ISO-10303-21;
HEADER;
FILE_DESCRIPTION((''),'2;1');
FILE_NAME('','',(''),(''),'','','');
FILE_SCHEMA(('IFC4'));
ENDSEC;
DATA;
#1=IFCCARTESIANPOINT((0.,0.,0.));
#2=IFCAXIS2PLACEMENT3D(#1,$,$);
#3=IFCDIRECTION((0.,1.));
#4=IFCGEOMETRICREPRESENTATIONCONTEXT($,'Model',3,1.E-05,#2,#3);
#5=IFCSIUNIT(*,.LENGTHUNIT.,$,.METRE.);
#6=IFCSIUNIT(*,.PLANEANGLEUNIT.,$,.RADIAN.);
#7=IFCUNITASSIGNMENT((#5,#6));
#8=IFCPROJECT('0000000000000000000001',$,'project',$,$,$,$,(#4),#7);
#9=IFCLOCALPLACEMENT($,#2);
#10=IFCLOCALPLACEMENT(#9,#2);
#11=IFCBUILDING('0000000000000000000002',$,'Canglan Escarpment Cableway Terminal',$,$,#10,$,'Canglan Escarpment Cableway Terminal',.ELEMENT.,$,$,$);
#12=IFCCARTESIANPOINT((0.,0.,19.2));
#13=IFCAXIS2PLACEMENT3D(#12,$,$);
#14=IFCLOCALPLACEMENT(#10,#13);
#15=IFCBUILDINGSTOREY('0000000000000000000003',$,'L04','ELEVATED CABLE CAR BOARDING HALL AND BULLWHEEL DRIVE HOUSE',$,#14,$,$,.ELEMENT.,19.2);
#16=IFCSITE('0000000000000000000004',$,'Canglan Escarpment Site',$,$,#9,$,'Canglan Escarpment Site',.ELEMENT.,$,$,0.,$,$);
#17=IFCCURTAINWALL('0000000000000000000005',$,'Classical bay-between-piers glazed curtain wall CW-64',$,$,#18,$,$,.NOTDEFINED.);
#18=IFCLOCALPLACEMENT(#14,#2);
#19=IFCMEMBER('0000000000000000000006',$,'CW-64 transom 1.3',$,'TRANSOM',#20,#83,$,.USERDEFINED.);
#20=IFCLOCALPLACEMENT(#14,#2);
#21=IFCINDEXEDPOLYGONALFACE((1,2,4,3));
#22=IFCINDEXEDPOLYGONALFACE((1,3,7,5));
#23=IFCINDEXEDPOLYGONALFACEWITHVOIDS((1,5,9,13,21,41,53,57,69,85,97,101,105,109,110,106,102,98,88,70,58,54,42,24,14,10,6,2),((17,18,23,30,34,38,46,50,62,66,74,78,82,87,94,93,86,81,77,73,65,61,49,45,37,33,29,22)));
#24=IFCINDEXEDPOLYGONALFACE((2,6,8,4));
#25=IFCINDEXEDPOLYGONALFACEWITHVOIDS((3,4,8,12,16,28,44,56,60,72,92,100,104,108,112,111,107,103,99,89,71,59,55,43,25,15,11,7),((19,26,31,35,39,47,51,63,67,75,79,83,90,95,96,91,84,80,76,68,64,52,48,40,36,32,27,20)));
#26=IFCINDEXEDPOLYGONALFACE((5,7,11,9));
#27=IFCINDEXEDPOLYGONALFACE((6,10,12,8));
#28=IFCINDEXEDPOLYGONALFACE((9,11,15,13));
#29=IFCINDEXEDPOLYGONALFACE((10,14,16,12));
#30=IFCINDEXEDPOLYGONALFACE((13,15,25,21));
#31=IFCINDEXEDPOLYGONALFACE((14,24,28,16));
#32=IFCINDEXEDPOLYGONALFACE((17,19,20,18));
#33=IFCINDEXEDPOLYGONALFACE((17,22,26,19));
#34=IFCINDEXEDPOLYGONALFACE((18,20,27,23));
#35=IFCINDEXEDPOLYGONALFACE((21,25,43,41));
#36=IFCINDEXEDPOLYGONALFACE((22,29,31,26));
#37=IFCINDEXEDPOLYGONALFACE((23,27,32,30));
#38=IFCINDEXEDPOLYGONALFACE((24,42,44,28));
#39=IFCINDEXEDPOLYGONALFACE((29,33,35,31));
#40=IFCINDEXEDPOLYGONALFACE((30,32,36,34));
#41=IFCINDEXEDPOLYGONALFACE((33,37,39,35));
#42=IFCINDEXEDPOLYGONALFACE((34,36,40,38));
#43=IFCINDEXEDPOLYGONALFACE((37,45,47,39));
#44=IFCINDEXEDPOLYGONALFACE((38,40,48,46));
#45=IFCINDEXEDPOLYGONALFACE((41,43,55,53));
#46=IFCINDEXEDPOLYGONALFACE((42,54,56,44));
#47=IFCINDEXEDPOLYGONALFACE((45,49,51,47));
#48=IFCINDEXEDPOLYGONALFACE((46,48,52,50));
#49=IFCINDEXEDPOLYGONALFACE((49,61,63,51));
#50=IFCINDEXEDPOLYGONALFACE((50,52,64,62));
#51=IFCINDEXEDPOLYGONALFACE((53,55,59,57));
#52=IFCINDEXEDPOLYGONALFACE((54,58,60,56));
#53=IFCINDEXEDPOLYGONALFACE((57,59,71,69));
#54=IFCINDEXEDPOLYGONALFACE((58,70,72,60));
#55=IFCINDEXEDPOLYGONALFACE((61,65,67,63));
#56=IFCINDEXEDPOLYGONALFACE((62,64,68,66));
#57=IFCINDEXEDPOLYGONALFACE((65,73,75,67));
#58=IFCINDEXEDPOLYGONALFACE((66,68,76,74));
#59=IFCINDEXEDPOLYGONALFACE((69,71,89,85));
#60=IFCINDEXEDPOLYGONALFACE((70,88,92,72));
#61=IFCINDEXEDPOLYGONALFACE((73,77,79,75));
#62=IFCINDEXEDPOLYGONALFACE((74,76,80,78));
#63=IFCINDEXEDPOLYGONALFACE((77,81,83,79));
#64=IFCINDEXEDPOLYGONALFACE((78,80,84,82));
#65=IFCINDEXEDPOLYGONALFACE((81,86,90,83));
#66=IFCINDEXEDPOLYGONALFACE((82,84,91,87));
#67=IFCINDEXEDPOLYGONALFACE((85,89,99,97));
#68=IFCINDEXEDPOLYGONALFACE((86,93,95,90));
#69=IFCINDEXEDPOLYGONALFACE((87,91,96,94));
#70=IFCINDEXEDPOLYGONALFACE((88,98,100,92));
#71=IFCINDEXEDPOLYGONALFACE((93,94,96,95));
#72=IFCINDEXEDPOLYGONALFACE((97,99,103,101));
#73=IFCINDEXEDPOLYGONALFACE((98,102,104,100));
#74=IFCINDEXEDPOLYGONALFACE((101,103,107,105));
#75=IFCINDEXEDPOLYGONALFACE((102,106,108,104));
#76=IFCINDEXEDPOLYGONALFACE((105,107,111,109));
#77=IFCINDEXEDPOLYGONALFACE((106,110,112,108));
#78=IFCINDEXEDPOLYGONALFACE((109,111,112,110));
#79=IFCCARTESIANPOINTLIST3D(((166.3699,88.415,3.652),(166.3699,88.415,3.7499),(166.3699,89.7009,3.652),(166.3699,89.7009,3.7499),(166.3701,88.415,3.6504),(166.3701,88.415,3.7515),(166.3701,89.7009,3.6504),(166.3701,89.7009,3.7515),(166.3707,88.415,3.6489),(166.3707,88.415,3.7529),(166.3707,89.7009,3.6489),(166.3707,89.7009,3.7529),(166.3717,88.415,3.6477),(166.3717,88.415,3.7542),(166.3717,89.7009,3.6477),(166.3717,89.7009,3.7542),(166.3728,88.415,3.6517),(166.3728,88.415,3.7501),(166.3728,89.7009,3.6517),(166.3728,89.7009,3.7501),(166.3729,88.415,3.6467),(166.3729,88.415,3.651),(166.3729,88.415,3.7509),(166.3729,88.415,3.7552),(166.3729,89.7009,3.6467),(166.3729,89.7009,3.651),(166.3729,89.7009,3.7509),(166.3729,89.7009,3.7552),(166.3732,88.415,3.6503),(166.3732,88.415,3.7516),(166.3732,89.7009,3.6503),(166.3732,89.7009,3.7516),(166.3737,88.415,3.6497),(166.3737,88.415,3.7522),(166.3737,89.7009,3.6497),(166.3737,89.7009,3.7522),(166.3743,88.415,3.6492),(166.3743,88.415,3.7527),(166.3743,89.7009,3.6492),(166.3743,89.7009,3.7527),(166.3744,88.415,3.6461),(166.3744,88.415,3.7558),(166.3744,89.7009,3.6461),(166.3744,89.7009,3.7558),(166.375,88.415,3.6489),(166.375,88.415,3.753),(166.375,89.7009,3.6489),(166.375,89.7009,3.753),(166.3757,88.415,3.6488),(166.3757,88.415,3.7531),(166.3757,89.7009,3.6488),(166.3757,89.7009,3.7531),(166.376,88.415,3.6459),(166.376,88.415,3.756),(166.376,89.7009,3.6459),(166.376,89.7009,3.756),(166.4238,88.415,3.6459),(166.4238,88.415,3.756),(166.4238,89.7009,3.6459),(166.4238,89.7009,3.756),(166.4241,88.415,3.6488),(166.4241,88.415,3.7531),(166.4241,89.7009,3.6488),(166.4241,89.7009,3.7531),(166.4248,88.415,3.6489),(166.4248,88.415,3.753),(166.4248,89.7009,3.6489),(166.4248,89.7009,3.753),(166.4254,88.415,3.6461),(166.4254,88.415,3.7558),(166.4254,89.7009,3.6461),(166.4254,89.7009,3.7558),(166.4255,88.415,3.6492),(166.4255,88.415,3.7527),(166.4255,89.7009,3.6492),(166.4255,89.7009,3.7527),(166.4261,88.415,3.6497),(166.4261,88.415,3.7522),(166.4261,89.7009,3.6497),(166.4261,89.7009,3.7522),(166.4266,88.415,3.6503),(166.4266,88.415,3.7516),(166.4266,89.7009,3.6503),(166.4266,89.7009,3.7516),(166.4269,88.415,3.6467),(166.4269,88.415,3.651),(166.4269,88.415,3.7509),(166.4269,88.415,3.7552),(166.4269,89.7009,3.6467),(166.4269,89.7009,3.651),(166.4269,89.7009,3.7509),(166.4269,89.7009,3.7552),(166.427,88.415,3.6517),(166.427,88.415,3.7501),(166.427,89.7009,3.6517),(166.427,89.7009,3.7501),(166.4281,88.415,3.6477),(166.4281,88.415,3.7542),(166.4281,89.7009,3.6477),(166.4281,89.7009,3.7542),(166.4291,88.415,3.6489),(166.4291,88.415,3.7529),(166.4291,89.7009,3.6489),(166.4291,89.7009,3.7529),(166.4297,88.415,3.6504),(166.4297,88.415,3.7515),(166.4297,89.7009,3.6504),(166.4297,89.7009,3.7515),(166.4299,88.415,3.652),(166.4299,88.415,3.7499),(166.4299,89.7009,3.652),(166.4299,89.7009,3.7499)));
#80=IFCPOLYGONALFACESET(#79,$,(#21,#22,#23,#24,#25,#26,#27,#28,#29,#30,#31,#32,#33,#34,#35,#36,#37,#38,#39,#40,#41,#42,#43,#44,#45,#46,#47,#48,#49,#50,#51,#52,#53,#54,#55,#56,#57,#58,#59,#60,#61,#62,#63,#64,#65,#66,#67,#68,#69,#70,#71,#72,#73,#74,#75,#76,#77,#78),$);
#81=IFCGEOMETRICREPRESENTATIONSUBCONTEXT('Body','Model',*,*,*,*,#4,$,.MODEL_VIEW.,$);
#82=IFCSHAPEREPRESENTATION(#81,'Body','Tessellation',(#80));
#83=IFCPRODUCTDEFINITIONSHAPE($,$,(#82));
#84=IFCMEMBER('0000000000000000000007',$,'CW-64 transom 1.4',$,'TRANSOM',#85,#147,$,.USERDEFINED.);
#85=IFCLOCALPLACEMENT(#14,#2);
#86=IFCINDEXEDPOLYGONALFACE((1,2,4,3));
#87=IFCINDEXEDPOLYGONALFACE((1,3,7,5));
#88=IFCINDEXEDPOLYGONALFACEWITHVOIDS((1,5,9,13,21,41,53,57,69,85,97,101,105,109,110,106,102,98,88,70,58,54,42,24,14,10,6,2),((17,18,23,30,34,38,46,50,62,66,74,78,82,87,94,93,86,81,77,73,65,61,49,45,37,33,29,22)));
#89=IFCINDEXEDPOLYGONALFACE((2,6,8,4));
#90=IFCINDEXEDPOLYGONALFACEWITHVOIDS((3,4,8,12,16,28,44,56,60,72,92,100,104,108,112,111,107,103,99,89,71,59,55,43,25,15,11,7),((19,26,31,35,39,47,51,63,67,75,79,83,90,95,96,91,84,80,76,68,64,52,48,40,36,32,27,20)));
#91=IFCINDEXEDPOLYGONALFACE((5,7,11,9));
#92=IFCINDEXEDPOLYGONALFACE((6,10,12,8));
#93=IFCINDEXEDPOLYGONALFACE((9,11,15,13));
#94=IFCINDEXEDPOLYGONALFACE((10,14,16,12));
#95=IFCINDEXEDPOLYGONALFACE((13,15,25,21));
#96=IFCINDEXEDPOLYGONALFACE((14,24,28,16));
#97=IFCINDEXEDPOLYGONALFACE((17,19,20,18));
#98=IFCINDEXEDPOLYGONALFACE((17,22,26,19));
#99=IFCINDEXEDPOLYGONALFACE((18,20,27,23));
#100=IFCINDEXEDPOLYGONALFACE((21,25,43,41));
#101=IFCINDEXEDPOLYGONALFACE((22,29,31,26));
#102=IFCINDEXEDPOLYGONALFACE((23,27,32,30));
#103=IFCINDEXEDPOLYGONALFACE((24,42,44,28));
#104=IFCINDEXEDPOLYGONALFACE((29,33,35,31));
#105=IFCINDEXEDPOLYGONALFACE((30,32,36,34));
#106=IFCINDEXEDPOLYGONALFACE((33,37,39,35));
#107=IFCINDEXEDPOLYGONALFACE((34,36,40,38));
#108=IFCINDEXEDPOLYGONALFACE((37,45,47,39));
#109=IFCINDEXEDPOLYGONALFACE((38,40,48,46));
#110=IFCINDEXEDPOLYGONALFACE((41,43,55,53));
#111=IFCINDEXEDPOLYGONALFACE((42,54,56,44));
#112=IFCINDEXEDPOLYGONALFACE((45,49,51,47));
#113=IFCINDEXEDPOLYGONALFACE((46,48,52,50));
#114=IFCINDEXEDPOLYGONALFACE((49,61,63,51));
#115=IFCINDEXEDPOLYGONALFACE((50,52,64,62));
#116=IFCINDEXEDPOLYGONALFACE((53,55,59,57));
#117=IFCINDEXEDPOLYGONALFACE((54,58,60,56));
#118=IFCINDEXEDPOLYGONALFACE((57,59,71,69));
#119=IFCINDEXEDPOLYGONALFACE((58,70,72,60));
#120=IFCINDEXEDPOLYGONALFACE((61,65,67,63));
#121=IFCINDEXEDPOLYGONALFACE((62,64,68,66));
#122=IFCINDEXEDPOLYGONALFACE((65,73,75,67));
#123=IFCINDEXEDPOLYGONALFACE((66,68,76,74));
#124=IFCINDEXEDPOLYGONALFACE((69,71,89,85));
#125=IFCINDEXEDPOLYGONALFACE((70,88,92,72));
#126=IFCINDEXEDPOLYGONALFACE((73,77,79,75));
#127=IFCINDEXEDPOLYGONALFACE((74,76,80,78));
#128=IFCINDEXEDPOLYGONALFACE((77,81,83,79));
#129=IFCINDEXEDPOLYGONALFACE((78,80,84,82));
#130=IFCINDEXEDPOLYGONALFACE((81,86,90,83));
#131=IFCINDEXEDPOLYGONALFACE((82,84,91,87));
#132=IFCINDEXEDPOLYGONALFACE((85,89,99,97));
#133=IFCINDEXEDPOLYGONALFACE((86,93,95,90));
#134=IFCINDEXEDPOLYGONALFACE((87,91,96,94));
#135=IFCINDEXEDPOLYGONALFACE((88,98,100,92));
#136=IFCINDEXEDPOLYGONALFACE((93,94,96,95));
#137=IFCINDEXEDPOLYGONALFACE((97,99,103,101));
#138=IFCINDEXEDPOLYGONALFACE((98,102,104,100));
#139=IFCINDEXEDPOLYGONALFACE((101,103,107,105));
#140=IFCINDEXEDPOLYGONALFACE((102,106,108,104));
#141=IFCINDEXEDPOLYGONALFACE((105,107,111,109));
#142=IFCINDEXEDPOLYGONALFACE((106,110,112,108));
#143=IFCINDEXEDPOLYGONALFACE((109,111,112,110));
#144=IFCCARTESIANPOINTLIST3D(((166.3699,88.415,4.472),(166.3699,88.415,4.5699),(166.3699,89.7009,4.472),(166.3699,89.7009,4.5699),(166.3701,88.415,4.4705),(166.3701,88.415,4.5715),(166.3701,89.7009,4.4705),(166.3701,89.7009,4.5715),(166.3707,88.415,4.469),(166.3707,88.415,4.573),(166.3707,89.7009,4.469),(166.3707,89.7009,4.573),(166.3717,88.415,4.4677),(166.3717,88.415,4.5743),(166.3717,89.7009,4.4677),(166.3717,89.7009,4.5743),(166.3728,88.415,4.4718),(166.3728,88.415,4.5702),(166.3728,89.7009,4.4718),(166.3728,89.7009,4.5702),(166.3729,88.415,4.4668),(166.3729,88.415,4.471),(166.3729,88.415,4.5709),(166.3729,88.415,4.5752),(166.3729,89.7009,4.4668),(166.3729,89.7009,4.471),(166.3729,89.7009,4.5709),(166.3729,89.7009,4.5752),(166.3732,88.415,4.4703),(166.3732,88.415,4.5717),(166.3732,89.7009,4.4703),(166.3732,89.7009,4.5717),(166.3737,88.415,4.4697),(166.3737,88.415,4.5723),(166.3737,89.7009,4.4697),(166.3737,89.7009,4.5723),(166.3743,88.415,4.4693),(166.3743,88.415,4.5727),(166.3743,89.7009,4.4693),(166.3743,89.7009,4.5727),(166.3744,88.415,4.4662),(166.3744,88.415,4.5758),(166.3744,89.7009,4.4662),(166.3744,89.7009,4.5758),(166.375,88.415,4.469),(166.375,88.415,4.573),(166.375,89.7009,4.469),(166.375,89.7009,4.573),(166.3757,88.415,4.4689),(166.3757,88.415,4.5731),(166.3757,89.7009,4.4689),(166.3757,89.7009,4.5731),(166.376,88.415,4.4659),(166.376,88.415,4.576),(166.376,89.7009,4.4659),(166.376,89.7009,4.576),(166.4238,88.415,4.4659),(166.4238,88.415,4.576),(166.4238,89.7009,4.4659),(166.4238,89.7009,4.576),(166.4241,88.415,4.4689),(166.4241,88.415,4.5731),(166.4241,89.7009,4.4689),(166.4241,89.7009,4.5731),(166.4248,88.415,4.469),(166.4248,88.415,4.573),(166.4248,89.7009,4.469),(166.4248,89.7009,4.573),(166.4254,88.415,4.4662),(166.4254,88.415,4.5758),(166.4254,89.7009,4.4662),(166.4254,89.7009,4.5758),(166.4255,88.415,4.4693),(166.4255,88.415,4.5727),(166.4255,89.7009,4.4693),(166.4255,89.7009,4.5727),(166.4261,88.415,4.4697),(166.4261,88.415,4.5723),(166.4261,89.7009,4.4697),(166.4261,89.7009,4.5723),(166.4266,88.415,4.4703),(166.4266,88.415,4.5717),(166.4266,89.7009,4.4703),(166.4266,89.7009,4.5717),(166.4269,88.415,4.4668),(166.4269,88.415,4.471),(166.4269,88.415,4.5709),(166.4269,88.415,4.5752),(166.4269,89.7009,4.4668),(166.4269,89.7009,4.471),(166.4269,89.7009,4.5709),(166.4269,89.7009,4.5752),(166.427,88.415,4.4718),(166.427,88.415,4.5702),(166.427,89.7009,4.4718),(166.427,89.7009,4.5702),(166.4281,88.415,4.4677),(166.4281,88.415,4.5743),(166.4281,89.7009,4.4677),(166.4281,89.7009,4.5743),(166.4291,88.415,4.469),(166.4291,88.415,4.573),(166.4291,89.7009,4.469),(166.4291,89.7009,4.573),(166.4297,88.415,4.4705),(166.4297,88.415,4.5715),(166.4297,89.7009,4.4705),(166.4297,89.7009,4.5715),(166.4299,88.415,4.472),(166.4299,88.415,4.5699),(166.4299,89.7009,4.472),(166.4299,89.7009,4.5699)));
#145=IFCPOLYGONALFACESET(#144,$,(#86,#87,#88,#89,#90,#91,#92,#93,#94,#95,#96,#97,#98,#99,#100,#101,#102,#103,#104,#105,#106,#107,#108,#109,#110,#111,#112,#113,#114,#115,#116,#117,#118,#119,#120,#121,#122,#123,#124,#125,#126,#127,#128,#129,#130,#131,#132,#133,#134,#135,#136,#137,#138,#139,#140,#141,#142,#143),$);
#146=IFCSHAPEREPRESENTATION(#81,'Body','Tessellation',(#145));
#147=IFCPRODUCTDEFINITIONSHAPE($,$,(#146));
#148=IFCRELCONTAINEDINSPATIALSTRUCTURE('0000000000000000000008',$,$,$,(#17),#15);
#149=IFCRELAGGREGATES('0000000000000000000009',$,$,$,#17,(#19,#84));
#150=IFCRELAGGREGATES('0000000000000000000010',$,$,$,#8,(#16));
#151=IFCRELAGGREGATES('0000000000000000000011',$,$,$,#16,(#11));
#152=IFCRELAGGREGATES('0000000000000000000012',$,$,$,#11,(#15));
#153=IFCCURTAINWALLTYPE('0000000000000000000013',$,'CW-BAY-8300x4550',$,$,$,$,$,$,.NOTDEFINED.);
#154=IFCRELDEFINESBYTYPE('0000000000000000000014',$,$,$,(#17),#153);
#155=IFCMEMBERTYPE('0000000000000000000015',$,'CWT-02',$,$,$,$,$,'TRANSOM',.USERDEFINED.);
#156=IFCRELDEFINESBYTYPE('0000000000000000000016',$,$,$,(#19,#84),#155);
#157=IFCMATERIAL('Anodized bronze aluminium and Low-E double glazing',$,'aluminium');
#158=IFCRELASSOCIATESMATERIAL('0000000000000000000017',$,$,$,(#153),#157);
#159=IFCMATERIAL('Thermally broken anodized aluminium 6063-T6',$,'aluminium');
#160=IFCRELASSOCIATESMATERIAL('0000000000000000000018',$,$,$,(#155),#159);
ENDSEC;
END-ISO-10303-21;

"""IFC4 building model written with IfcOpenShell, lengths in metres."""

from ifc_helpers import new_model, si_unit, direction, frame, origin, origin_2d, place, context, subcontext, project, spatial, hollow_rectangle, extrude, material, material_profile, profile_set, type_object, element, aggregate, save


model = new_model("IFC4")

# Units and contexts
model_context = context("Model", 3, precision=1e-05, world=origin(), true_north=direction((0.0, 1.0)))
body_context = subcontext(model_context, "Body", "Model", "MODEL_VIEW")
ifc_project = project(units=[si_unit("LENGTHUNIT", "METRE"), si_unit("PLANEANGLEUNIT", "RADIAN")], contexts=[model_context])

# Site, building, storey
site_placement = place(None, origin())
site = spatial("IfcSite", under=ifc_project, at=site_placement, Name="Canglan Escarpment Site", LongName="Canglan Escarpment Site", CompositionType="ELEMENT", RefElevation=0.0)
building_placement = place(site_placement, origin())
building = spatial("IfcBuilding", under=site, at=building_placement, Name="Canglan Escarpment Cableway Terminal", LongName="Canglan Escarpment Cableway Terminal", CompositionType="ELEMENT")
storey_placement = place(building_placement, frame((0.0, 0.0, 19.2)))
storey = spatial("IfcBuildingStorey", under=building, at=storey_placement, Name="L04", Description="ELEVATED CABLE CAR BOARDING HALL AND BULLWHEEL DRIVE HOUSE", CompositionType="ELEMENT", Elevation=19.2)

# Shared definitions
ifc_material_1 = material(Name="Anodized bronze aluminium and Low-E double glazing", Category="aluminium")
curtain_wall_type = type_object("IfcCurtainWallType", Name="CW-BAY-8300x4550", PredefinedType="NOTDEFINED", material=ifc_material_1)
ifc_material_2 = material(Name="Thermally broken anodized aluminium 6063-T6", Category="aluminium")

# Curtain wall, members
curtain_wall_1_placement = place(storey_placement, origin())
curtain_wall_1 = element("IfcCurtainWall", 1, at=curtain_wall_1_placement, inside=storey, type_object=curtain_wall_type, Name="Classical bay-between-piers glazed curtain wall CW-64", PredefinedType="NOTDEFINED")
ifc_material_profile_1 = material_profile(ifc_material_2, hollow_rectangle(XDim=0.0601, YDim=0.1101, WallThickness=0.0029, InnerFilletRadius=0.0029, OuterFilletRadius=0.0061, at=origin_2d()), Name="ALU-TRAN 60x110x3")
ifc_profile_set_1 = profile_set([ifc_material_profile_1], Name="Thermally broken anodized aluminium 6063-T6")
member_type_1 = type_object("IfcMemberType", Name="CWT-02", ElementType="TRANSOM", PredefinedType="USERDEFINED", material=ifc_profile_set_1)
member_1_placement = place(storey_placement, frame((166.3999, 88.415, 3.7009), z_axis=(0.0, 1.0, 0.0), x_axis=(-1.0, 0.0, 0.0)))
member_1 = element("IfcMember", 2, at=member_1_placement, type_object=member_type_1, Name="CW-64 transom 1.3", ObjectType="TRANSOM", PredefinedType="USERDEFINED", context=body_context, shape_type="SweptSolid", body=[
    extrude(hollow_rectangle(XDim=0.0601, YDim=0.1101, WallThickness=0.0029, InnerFilletRadius=0.0029, OuterFilletRadius=0.0061, at=origin_2d()), origin(), (0.0, 0.0, 1.0), 1.2859),
])
member_2_placement = place(storey_placement, frame((166.3999, 88.415, 4.521), z_axis=(0.0, 1.0, 0.0), x_axis=(-1.0, 0.0, 0.0)))
member_2 = element("IfcMember", 3, at=member_2_placement, type_object=member_type_1, Name="CW-64 transom 1.4", ObjectType="TRANSOM", PredefinedType="USERDEFINED", context=body_context, shape_type="SweptSolid", body=[
    extrude(hollow_rectangle(XDim=0.0601, YDim=0.1101, WallThickness=0.0029, InnerFilletRadius=0.0029, OuterFilletRadius=0.0061, at=origin_2d()), origin(), (0.0, 0.0, 1.0), 1.2859),
])
aggregate(curtain_wall_1, [member_1, member_2])

save(model, "model.ifc")
